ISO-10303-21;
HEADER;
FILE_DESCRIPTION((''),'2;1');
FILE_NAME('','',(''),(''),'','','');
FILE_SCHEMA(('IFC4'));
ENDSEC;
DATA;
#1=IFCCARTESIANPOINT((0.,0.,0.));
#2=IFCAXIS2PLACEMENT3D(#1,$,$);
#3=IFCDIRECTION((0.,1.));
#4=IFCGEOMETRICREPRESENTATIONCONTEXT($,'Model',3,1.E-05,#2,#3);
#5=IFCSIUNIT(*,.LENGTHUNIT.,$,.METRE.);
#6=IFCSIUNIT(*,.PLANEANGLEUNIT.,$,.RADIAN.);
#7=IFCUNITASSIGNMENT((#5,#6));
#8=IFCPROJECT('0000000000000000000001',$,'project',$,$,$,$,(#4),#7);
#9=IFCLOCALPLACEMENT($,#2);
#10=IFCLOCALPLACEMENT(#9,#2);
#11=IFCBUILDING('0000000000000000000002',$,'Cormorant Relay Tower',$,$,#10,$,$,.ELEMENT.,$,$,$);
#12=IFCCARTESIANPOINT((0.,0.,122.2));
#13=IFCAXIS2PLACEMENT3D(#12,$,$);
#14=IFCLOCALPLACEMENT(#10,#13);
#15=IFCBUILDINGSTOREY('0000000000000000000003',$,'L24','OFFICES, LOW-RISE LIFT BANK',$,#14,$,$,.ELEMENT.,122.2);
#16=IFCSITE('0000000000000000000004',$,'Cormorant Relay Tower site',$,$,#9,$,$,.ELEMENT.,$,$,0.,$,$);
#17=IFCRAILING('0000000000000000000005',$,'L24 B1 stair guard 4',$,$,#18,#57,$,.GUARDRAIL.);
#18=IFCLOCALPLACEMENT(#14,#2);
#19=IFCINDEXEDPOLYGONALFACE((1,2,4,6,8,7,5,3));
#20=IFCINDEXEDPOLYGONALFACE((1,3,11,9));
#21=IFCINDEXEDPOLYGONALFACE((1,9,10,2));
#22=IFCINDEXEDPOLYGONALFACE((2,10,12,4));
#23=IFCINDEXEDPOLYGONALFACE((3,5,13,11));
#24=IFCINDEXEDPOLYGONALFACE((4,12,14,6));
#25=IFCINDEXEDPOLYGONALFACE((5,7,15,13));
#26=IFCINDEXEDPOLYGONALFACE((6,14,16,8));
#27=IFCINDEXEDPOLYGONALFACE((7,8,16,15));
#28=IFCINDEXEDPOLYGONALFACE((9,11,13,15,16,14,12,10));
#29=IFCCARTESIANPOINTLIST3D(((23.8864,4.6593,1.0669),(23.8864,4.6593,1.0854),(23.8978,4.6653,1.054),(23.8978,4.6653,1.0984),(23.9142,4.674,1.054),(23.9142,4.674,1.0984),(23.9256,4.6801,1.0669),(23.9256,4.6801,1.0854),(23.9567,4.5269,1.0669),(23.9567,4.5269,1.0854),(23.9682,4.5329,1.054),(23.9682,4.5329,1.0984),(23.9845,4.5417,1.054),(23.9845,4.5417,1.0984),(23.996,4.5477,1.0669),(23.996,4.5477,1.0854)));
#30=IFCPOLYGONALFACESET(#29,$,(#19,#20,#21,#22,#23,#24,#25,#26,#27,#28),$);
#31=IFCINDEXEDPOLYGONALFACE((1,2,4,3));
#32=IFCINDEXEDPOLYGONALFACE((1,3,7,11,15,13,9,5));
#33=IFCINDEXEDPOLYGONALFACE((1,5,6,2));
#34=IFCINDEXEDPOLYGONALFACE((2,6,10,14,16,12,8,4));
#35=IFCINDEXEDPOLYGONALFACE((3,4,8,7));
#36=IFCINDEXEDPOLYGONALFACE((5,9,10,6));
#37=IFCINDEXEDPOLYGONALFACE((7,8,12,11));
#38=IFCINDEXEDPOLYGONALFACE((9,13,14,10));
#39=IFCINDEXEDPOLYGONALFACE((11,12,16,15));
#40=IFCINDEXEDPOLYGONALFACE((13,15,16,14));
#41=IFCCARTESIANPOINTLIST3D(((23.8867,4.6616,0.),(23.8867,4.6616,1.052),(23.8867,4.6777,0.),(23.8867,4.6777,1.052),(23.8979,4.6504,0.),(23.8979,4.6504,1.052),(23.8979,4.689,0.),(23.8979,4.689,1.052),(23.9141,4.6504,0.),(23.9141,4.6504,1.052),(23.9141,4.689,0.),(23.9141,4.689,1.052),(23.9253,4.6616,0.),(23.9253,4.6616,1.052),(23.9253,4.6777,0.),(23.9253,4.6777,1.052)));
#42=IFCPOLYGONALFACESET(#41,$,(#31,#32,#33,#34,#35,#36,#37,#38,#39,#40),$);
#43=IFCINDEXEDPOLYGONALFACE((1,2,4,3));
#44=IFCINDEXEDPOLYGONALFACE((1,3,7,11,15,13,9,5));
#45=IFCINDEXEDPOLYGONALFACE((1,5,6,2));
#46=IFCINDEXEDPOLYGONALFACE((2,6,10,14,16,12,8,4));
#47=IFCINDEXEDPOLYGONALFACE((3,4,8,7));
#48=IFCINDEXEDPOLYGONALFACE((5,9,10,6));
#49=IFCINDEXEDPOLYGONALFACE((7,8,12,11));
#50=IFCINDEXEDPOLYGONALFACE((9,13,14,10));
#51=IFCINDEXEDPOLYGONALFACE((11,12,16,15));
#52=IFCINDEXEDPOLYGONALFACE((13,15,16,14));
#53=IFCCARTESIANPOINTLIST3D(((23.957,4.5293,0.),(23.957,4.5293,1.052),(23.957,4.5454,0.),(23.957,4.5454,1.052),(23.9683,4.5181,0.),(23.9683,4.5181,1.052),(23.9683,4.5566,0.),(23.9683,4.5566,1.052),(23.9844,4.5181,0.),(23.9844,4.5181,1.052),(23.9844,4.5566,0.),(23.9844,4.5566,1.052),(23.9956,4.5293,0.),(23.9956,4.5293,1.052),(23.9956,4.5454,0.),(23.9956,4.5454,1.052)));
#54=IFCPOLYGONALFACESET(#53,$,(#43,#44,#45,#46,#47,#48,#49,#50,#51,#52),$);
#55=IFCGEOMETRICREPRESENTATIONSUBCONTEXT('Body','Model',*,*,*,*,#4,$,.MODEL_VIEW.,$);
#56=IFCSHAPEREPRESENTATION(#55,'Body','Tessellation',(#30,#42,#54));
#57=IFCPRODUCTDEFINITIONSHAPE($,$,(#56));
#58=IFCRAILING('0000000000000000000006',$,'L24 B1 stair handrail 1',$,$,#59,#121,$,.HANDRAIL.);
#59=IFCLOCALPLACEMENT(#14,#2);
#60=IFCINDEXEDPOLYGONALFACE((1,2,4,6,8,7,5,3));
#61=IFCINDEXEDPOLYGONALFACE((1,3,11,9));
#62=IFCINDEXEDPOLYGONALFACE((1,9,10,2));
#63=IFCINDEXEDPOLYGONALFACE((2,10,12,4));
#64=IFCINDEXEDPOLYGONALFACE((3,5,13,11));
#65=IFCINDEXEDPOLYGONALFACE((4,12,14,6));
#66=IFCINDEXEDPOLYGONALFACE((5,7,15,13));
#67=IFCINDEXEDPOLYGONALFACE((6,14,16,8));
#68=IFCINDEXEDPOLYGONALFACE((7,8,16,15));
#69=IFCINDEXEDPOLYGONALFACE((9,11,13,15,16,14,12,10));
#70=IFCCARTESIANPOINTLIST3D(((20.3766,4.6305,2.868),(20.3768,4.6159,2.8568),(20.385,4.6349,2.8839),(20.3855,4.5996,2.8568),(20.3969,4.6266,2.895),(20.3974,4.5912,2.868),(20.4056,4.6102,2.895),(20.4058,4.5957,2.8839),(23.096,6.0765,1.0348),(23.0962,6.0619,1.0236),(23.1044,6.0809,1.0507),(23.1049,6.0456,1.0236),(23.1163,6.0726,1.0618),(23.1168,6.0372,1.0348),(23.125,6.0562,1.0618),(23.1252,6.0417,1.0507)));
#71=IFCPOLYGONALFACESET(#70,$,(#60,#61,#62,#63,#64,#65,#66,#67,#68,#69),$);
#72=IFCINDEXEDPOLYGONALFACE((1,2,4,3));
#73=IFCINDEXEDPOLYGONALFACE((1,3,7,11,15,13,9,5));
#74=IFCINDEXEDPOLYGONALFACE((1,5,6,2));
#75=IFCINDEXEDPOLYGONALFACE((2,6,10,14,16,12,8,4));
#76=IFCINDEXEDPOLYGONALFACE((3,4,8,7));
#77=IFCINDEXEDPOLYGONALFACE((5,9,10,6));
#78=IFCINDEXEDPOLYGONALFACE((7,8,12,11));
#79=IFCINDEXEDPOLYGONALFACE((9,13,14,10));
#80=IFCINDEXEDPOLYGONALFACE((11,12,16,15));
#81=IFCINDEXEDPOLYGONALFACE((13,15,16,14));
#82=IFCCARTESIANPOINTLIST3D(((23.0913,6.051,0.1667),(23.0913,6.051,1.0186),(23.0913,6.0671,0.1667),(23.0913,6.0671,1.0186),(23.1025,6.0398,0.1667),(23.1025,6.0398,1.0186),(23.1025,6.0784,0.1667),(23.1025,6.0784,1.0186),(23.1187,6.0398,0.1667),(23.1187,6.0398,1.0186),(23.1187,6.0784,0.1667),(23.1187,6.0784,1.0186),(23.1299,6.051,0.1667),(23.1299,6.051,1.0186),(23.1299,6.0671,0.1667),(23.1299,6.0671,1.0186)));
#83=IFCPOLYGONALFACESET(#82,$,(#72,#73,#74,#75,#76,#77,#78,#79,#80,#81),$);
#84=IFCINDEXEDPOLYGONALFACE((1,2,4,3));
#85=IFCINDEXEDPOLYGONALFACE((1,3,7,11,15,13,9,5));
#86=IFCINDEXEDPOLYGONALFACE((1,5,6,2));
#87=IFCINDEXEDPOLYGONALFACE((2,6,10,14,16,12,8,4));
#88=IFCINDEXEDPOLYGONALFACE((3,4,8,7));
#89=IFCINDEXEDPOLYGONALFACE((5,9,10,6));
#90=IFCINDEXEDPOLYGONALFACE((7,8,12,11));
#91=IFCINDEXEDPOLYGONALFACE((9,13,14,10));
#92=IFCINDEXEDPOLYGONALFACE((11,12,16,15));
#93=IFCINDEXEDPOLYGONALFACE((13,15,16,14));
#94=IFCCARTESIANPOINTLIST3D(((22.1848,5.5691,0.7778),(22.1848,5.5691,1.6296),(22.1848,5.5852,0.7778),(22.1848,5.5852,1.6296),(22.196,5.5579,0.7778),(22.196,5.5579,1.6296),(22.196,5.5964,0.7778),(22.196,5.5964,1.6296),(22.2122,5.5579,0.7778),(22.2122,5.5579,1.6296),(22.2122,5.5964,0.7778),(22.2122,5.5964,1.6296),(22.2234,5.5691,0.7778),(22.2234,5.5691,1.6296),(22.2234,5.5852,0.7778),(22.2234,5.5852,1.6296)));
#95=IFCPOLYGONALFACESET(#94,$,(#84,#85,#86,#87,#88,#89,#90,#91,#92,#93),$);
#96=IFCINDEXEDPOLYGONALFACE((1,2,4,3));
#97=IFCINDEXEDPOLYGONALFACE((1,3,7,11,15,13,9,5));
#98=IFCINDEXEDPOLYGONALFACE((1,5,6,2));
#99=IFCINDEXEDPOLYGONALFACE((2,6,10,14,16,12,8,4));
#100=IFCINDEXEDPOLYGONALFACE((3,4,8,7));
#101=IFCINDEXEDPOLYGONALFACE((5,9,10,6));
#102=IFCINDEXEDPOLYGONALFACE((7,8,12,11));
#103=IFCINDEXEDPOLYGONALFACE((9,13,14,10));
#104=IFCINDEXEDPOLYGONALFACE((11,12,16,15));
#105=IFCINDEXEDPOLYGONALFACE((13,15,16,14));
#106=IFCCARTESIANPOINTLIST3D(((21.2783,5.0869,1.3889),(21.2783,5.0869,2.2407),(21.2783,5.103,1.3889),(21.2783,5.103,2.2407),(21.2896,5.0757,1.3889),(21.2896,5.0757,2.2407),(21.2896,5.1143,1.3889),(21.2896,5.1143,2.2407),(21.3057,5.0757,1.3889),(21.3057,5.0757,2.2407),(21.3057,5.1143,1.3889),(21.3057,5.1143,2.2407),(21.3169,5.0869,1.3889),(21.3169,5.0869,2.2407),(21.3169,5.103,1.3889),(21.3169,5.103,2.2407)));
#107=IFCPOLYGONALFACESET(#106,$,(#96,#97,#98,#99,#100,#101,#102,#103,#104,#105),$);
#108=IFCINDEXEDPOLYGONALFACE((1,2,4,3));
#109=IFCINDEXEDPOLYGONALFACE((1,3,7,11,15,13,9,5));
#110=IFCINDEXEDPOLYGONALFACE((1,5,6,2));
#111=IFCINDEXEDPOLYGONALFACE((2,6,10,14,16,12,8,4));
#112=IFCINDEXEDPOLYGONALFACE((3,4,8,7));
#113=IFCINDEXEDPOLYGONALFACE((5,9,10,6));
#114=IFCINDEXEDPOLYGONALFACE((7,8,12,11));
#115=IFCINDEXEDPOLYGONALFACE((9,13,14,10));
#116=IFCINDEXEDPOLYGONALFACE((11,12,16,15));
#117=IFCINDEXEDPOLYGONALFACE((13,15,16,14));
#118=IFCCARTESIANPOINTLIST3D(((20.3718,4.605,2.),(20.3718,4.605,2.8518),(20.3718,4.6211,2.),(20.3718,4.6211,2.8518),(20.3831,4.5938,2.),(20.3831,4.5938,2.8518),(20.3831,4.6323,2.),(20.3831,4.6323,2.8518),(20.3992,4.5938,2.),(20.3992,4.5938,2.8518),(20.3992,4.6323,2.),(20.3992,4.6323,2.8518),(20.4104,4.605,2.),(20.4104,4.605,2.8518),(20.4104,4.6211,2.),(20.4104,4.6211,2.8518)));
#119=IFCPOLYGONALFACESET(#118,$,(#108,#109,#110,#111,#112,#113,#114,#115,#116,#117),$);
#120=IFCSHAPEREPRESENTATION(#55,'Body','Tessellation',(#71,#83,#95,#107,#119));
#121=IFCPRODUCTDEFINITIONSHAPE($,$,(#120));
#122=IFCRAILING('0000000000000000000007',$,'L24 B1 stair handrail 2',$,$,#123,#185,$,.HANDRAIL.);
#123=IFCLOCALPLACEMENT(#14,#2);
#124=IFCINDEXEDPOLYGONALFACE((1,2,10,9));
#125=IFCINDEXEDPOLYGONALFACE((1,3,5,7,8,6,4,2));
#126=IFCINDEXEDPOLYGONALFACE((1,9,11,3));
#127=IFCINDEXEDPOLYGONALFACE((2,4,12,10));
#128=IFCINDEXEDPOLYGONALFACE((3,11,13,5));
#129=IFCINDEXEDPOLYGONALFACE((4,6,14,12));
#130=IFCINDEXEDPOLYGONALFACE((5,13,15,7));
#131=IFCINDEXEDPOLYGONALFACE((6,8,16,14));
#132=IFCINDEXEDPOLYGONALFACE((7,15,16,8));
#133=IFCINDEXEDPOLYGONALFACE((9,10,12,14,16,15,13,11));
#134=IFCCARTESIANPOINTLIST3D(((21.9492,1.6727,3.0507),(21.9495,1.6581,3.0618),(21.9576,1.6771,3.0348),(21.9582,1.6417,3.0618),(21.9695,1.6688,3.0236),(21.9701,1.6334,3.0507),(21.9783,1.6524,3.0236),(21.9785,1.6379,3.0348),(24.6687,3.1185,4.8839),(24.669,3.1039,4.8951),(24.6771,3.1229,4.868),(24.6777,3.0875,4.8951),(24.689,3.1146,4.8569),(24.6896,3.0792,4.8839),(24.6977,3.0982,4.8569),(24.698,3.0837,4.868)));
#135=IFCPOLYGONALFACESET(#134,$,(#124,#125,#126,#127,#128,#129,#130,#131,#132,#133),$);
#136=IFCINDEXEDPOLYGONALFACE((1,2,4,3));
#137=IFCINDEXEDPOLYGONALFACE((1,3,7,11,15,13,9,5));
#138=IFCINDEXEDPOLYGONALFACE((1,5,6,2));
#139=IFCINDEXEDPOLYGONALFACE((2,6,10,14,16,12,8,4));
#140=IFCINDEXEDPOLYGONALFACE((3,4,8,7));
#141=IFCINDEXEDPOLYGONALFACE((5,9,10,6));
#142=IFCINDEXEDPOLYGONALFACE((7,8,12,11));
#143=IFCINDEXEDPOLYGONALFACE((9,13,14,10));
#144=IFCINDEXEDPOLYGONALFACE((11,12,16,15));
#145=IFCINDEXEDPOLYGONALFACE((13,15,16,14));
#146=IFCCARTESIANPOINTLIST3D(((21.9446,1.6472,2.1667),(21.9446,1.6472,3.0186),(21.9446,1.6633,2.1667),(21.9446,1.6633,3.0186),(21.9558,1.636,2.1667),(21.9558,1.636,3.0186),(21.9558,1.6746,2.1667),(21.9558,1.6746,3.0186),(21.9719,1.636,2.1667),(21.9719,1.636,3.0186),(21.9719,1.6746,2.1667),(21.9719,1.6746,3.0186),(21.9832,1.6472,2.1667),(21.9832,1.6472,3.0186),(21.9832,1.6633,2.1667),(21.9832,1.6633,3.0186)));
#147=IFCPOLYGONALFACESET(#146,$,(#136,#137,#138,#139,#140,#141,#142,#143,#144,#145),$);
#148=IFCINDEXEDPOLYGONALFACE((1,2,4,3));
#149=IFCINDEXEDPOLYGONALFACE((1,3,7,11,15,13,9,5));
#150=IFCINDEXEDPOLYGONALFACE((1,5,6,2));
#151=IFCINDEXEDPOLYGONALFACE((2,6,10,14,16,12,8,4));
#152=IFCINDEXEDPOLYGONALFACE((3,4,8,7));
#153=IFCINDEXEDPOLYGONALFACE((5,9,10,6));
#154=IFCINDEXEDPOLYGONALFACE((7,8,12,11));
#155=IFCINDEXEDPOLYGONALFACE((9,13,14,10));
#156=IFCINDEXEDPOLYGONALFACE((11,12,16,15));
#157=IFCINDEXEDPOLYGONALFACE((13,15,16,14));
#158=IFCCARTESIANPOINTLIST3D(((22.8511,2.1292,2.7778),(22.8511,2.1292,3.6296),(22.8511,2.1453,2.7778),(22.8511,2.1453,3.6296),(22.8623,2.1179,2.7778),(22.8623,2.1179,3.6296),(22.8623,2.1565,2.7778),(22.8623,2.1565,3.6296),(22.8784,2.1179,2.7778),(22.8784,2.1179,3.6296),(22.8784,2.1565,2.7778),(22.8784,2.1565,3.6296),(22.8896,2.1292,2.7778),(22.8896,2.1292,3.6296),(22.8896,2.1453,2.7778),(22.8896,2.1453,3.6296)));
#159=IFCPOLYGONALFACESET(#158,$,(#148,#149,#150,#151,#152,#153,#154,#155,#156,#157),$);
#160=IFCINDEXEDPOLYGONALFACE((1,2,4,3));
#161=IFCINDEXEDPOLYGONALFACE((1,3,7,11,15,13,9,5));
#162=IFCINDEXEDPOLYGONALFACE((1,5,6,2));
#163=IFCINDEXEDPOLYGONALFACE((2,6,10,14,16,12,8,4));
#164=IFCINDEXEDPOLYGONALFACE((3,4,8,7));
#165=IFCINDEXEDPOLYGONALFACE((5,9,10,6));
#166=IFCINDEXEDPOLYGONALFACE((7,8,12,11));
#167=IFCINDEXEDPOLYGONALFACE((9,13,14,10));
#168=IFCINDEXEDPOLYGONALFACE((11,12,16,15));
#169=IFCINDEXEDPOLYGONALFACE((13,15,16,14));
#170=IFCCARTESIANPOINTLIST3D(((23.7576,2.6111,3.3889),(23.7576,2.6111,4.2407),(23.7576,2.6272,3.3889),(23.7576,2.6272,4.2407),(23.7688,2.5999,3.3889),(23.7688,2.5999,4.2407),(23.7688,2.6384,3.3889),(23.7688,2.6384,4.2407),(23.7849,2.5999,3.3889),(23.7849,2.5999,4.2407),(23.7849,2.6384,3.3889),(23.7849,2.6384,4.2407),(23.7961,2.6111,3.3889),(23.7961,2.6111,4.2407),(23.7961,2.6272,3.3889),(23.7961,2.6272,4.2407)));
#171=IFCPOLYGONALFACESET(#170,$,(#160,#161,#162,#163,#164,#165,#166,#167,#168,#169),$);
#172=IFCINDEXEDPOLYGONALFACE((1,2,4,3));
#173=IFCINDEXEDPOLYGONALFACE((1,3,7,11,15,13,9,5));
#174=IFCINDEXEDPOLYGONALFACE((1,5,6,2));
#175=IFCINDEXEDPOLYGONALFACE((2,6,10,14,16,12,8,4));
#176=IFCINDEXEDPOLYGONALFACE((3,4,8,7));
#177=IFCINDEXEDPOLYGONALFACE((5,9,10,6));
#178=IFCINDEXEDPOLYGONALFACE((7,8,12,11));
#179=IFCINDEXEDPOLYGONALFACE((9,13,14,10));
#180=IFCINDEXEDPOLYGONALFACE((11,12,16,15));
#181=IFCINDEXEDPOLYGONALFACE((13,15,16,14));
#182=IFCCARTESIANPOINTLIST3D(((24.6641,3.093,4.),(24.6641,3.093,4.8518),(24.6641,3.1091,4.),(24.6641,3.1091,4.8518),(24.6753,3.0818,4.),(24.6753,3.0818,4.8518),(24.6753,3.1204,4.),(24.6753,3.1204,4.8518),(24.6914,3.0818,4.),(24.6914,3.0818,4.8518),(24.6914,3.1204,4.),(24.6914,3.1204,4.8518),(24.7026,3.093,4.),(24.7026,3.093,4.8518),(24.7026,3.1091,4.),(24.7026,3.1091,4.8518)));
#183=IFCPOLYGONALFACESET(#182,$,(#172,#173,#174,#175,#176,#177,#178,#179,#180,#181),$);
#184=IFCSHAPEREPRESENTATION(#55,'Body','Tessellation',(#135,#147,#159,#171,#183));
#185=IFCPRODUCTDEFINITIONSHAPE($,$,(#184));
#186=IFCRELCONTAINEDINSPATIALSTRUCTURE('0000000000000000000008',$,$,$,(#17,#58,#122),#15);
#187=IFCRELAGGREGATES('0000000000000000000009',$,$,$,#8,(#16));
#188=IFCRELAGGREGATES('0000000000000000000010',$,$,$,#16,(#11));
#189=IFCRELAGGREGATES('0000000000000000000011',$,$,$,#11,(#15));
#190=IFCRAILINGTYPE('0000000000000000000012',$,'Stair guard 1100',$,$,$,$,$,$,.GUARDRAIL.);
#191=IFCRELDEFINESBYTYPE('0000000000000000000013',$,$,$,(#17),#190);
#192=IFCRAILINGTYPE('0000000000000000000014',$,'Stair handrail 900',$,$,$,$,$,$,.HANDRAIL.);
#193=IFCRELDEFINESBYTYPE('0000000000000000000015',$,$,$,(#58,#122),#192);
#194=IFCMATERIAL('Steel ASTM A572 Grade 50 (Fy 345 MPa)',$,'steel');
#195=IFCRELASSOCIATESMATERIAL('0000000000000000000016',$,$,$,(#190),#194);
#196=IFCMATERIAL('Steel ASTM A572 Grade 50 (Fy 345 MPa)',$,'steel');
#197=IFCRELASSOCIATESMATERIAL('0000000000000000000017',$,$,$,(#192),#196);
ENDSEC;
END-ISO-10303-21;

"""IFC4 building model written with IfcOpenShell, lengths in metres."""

from ifc_helpers import new_model, si_unit, direction, frame, origin, place, context, subcontext, project, spatial, polyline, outline, extrude, material, type_object, element, save


model = new_model("IFC4")

# Units and contexts
model_context = context("Model", 3, precision=1e-05, world=origin(), true_north=direction((0.0, 1.0)))
body_context = subcontext(model_context, "Body", "Model", "MODEL_VIEW")
ifc_project = project(units=[si_unit("LENGTHUNIT", "METRE"), si_unit("PLANEANGLEUNIT", "RADIAN")], contexts=[model_context])

# Site, building, storey
site_placement = place(None, origin())
site = spatial("IfcSite", under=ifc_project, at=site_placement, Name="Cormorant Relay Tower site", CompositionType="ELEMENT", RefElevation=0.0)
building_placement = place(site_placement, origin())
building = spatial("IfcBuilding", under=site, at=building_placement, Name="Cormorant Relay Tower", CompositionType="ELEMENT")
storey_placement = place(building_placement, frame((0.0, 0.0, 122.2)))
storey = spatial("IfcBuildingStorey", under=building, at=storey_placement, Name="L24", Description="OFFICES, LOW-RISE LIFT BANK", CompositionType="ELEMENT", Elevation=122.2)

# Railings
ifc_material_1 = material(Name="Steel ASTM A572 Grade 50 (Fy 345 MPa)", Category="steel")
railing_type_1 = type_object("IfcRailingType", Name="Stair guard 1100", PredefinedType="GUARDRAIL", material=ifc_material_1)
railing_1_placement = place(storey_placement, frame((23.906, 4.6697, 0.0)))
element("IfcRailing", 1, at=railing_1_placement, inside=storey, type_object=railing_type_1, Name="L24 B1 stair guard 4", PredefinedType="GUARDRAIL", context=body_context, shape_type="SweptSolid", body=[
    extrude(outline(polyline([(0.0222, 0.0093), (0.0093, 0.0222), (-0.0093, 0.0222), (-0.0222, 0.0093), (-0.0222, -0.0093), (-0.0093, -0.0222), (0.0093, -0.0222), (0.0222, -0.0093), (0.0222, 0.0093)])), frame((0.0, 0.0, 1.0762), z_axis=(0.469235, -0.883074, 0.0), x_axis=(0.883074, 0.469235, 0.0)), (0.0, 0.0, 1.0), 0.1499),
    extrude(outline(polyline([(0.0193, 0.0081), (0.0081, 0.0193), (-0.0081, 0.0193), (-0.0193, 0.0081), (-0.0193, -0.0081), (-0.0081, -0.0193), (0.0081, -0.0193), (0.0193, -0.0081), (0.0193, 0.0081)])), origin(), (0.0, 0.0, 1.0), 1.052),
    extrude(outline(polyline([(0.0193, 0.0081), (0.0081, 0.0193), (-0.0081, 0.0193), (-0.0193, 0.0081), (-0.0193, -0.0081), (-0.0081, -0.0193), (0.0081, -0.0193), (0.0193, -0.0081), (0.0193, 0.0081)])), frame((0.0703, -0.1323, 0.0)), (0.0, 0.0, 1.0), 1.052),
])
ifc_material_2 = material(Name="Steel ASTM A572 Grade 50 (Fy 345 MPa)", Category="steel")
railing_type_2 = type_object("IfcRailingType", Name="Stair handrail 900", PredefinedType="HANDRAIL", material=ifc_material_2)
railing_2_placement = place(storey_placement, frame((23.1106, 6.0591, 0.1667)))
element("IfcRailing", 2, at=railing_2_placement, inside=storey, type_object=railing_type_2, Name="L24 B1 stair handrail 1", PredefinedType="HANDRAIL", context=body_context, shape_type="SweptSolid", body=[
    extrude(outline(polyline([(0.0222, 0.0093), (0.0093, 0.0222), (-0.0093, 0.0222), (-0.0222, 0.0093), (-0.0222, -0.0093), (-0.0093, -0.0222), (0.0093, -0.0222), (0.0222, -0.0093), (0.0222, 0.0093)])), frame((0.0, 0.0, 0.876), z_axis=(-0.758714, -0.403435, 0.511463), x_axis=(0.469489, -0.882938, 0.0)), (0.0, 0.0, 1.0), 3.5842),
    extrude(outline(polyline([(0.0193, 0.0081), (0.0081, 0.0193), (-0.0081, 0.0193), (-0.0193, 0.0081), (-0.0193, -0.0081), (-0.0081, -0.0193), (0.0081, -0.0193), (0.0193, -0.0081), (0.0193, 0.0081)])), origin(), (0.0, 0.0, 1.0), 0.8518),
    extrude(outline(polyline([(0.0193, 0.0081), (0.0081, 0.0193), (-0.0081, 0.0193), (-0.0193, 0.0081), (-0.0193, -0.0081), (-0.0081, -0.0193), (0.0081, -0.0193), (0.0193, -0.0081), (0.0193, 0.0081)])), frame((-0.9065, -0.4819, 0.6111)), (0.0, 0.0, 1.0), 0.8518),
    extrude(outline(polyline([(0.0193, 0.0081), (0.0081, 0.0193), (-0.0081, 0.0193), (-0.0193, 0.0081), (-0.0193, -0.0081), (-0.0081, -0.0193), (0.0081, -0.0193), (0.0193, -0.0081), (0.0193, 0.0081)])), frame((-1.813, -0.9641, 1.2222)), (0.0, 0.0, 1.0), 0.8518),
    extrude(outline(polyline([(0.0193, 0.0081), (0.0081, 0.0193), (-0.0081, 0.0193), (-0.0193, 0.0081), (-0.0193, -0.0081), (-0.0081, -0.0193), (0.0081, -0.0193), (0.0193, -0.0081), (0.0193, 0.0081)])), frame((-2.7195, -1.446, 1.8333)), (0.0, 0.0, 1.0), 0.8518),
])
railing_3_placement = place(storey_placement, frame((21.9639, 1.6553, 2.1667)))
element("IfcRailing", 3, at=railing_3_placement, inside=storey, type_object=railing_type_2, Name="L24 B1 stair handrail 2", PredefinedType="HANDRAIL", context=body_context, shape_type="SweptSolid", body=[
    extrude(outline(polyline([(0.0222, 0.0093), (0.0093, 0.0222), (-0.0093, 0.0222), (-0.0222, 0.0093), (-0.0222, -0.0093), (-0.0093, -0.0222), (0.0093, -0.0222), (0.0222, -0.0093), (0.0222, 0.0093)])), frame((0.0, 0.0, 0.876), z_axis=(0.758735, 0.403378, 0.511477), x_axis=(-0.469428, 0.882971, 0.0)), (0.0, 0.0, 1.0), 3.5842),
    extrude(outline(polyline([(0.0193, 0.0081), (0.0081, 0.0193), (-0.0081, 0.0193), (-0.0193, 0.0081), (-0.0193, -0.0081), (-0.0081, -0.0193), (0.0081, -0.0193), (0.0193, -0.0081), (0.0193, 0.0081)])), origin(), (0.0, 0.0, 1.0), 0.8518),
    extrude(outline(polyline([(0.0193, 0.0081), (0.0081, 0.0193), (-0.0081, 0.0193), (-0.0193, 0.0081), (-0.0193, -0.0081), (-0.0081, -0.0193), (0.0081, -0.0193), (0.0193, -0.0081), (0.0193, 0.0081)])), frame((0.9065, 0.4819, 0.6111)), (0.0, 0.0, 1.0), 0.8518),
    extrude(outline(polyline([(0.0193, 0.0081), (0.0081, 0.0193), (-0.0081, 0.0193), (-0.0193, 0.0081), (-0.0193, -0.0081), (-0.0081, -0.0193), (0.0081, -0.0193), (0.0193, -0.0081), (0.0193, 0.0081)])), frame((1.813, 0.9639, 1.2222)), (0.0, 0.0, 1.0), 0.8518),
    extrude(outline(polyline([(0.0193, 0.0081), (0.0081, 0.0193), (-0.0081, 0.0193), (-0.0193, 0.0081), (-0.0193, -0.0081), (-0.0081, -0.0193), (0.0081, -0.0193), (0.0193, -0.0081), (0.0193, 0.0081)])), frame((2.7195, 1.4458, 1.8333)), (0.0, 0.0, 1.0), 0.8518),
])

save(model, "model.ifc")
